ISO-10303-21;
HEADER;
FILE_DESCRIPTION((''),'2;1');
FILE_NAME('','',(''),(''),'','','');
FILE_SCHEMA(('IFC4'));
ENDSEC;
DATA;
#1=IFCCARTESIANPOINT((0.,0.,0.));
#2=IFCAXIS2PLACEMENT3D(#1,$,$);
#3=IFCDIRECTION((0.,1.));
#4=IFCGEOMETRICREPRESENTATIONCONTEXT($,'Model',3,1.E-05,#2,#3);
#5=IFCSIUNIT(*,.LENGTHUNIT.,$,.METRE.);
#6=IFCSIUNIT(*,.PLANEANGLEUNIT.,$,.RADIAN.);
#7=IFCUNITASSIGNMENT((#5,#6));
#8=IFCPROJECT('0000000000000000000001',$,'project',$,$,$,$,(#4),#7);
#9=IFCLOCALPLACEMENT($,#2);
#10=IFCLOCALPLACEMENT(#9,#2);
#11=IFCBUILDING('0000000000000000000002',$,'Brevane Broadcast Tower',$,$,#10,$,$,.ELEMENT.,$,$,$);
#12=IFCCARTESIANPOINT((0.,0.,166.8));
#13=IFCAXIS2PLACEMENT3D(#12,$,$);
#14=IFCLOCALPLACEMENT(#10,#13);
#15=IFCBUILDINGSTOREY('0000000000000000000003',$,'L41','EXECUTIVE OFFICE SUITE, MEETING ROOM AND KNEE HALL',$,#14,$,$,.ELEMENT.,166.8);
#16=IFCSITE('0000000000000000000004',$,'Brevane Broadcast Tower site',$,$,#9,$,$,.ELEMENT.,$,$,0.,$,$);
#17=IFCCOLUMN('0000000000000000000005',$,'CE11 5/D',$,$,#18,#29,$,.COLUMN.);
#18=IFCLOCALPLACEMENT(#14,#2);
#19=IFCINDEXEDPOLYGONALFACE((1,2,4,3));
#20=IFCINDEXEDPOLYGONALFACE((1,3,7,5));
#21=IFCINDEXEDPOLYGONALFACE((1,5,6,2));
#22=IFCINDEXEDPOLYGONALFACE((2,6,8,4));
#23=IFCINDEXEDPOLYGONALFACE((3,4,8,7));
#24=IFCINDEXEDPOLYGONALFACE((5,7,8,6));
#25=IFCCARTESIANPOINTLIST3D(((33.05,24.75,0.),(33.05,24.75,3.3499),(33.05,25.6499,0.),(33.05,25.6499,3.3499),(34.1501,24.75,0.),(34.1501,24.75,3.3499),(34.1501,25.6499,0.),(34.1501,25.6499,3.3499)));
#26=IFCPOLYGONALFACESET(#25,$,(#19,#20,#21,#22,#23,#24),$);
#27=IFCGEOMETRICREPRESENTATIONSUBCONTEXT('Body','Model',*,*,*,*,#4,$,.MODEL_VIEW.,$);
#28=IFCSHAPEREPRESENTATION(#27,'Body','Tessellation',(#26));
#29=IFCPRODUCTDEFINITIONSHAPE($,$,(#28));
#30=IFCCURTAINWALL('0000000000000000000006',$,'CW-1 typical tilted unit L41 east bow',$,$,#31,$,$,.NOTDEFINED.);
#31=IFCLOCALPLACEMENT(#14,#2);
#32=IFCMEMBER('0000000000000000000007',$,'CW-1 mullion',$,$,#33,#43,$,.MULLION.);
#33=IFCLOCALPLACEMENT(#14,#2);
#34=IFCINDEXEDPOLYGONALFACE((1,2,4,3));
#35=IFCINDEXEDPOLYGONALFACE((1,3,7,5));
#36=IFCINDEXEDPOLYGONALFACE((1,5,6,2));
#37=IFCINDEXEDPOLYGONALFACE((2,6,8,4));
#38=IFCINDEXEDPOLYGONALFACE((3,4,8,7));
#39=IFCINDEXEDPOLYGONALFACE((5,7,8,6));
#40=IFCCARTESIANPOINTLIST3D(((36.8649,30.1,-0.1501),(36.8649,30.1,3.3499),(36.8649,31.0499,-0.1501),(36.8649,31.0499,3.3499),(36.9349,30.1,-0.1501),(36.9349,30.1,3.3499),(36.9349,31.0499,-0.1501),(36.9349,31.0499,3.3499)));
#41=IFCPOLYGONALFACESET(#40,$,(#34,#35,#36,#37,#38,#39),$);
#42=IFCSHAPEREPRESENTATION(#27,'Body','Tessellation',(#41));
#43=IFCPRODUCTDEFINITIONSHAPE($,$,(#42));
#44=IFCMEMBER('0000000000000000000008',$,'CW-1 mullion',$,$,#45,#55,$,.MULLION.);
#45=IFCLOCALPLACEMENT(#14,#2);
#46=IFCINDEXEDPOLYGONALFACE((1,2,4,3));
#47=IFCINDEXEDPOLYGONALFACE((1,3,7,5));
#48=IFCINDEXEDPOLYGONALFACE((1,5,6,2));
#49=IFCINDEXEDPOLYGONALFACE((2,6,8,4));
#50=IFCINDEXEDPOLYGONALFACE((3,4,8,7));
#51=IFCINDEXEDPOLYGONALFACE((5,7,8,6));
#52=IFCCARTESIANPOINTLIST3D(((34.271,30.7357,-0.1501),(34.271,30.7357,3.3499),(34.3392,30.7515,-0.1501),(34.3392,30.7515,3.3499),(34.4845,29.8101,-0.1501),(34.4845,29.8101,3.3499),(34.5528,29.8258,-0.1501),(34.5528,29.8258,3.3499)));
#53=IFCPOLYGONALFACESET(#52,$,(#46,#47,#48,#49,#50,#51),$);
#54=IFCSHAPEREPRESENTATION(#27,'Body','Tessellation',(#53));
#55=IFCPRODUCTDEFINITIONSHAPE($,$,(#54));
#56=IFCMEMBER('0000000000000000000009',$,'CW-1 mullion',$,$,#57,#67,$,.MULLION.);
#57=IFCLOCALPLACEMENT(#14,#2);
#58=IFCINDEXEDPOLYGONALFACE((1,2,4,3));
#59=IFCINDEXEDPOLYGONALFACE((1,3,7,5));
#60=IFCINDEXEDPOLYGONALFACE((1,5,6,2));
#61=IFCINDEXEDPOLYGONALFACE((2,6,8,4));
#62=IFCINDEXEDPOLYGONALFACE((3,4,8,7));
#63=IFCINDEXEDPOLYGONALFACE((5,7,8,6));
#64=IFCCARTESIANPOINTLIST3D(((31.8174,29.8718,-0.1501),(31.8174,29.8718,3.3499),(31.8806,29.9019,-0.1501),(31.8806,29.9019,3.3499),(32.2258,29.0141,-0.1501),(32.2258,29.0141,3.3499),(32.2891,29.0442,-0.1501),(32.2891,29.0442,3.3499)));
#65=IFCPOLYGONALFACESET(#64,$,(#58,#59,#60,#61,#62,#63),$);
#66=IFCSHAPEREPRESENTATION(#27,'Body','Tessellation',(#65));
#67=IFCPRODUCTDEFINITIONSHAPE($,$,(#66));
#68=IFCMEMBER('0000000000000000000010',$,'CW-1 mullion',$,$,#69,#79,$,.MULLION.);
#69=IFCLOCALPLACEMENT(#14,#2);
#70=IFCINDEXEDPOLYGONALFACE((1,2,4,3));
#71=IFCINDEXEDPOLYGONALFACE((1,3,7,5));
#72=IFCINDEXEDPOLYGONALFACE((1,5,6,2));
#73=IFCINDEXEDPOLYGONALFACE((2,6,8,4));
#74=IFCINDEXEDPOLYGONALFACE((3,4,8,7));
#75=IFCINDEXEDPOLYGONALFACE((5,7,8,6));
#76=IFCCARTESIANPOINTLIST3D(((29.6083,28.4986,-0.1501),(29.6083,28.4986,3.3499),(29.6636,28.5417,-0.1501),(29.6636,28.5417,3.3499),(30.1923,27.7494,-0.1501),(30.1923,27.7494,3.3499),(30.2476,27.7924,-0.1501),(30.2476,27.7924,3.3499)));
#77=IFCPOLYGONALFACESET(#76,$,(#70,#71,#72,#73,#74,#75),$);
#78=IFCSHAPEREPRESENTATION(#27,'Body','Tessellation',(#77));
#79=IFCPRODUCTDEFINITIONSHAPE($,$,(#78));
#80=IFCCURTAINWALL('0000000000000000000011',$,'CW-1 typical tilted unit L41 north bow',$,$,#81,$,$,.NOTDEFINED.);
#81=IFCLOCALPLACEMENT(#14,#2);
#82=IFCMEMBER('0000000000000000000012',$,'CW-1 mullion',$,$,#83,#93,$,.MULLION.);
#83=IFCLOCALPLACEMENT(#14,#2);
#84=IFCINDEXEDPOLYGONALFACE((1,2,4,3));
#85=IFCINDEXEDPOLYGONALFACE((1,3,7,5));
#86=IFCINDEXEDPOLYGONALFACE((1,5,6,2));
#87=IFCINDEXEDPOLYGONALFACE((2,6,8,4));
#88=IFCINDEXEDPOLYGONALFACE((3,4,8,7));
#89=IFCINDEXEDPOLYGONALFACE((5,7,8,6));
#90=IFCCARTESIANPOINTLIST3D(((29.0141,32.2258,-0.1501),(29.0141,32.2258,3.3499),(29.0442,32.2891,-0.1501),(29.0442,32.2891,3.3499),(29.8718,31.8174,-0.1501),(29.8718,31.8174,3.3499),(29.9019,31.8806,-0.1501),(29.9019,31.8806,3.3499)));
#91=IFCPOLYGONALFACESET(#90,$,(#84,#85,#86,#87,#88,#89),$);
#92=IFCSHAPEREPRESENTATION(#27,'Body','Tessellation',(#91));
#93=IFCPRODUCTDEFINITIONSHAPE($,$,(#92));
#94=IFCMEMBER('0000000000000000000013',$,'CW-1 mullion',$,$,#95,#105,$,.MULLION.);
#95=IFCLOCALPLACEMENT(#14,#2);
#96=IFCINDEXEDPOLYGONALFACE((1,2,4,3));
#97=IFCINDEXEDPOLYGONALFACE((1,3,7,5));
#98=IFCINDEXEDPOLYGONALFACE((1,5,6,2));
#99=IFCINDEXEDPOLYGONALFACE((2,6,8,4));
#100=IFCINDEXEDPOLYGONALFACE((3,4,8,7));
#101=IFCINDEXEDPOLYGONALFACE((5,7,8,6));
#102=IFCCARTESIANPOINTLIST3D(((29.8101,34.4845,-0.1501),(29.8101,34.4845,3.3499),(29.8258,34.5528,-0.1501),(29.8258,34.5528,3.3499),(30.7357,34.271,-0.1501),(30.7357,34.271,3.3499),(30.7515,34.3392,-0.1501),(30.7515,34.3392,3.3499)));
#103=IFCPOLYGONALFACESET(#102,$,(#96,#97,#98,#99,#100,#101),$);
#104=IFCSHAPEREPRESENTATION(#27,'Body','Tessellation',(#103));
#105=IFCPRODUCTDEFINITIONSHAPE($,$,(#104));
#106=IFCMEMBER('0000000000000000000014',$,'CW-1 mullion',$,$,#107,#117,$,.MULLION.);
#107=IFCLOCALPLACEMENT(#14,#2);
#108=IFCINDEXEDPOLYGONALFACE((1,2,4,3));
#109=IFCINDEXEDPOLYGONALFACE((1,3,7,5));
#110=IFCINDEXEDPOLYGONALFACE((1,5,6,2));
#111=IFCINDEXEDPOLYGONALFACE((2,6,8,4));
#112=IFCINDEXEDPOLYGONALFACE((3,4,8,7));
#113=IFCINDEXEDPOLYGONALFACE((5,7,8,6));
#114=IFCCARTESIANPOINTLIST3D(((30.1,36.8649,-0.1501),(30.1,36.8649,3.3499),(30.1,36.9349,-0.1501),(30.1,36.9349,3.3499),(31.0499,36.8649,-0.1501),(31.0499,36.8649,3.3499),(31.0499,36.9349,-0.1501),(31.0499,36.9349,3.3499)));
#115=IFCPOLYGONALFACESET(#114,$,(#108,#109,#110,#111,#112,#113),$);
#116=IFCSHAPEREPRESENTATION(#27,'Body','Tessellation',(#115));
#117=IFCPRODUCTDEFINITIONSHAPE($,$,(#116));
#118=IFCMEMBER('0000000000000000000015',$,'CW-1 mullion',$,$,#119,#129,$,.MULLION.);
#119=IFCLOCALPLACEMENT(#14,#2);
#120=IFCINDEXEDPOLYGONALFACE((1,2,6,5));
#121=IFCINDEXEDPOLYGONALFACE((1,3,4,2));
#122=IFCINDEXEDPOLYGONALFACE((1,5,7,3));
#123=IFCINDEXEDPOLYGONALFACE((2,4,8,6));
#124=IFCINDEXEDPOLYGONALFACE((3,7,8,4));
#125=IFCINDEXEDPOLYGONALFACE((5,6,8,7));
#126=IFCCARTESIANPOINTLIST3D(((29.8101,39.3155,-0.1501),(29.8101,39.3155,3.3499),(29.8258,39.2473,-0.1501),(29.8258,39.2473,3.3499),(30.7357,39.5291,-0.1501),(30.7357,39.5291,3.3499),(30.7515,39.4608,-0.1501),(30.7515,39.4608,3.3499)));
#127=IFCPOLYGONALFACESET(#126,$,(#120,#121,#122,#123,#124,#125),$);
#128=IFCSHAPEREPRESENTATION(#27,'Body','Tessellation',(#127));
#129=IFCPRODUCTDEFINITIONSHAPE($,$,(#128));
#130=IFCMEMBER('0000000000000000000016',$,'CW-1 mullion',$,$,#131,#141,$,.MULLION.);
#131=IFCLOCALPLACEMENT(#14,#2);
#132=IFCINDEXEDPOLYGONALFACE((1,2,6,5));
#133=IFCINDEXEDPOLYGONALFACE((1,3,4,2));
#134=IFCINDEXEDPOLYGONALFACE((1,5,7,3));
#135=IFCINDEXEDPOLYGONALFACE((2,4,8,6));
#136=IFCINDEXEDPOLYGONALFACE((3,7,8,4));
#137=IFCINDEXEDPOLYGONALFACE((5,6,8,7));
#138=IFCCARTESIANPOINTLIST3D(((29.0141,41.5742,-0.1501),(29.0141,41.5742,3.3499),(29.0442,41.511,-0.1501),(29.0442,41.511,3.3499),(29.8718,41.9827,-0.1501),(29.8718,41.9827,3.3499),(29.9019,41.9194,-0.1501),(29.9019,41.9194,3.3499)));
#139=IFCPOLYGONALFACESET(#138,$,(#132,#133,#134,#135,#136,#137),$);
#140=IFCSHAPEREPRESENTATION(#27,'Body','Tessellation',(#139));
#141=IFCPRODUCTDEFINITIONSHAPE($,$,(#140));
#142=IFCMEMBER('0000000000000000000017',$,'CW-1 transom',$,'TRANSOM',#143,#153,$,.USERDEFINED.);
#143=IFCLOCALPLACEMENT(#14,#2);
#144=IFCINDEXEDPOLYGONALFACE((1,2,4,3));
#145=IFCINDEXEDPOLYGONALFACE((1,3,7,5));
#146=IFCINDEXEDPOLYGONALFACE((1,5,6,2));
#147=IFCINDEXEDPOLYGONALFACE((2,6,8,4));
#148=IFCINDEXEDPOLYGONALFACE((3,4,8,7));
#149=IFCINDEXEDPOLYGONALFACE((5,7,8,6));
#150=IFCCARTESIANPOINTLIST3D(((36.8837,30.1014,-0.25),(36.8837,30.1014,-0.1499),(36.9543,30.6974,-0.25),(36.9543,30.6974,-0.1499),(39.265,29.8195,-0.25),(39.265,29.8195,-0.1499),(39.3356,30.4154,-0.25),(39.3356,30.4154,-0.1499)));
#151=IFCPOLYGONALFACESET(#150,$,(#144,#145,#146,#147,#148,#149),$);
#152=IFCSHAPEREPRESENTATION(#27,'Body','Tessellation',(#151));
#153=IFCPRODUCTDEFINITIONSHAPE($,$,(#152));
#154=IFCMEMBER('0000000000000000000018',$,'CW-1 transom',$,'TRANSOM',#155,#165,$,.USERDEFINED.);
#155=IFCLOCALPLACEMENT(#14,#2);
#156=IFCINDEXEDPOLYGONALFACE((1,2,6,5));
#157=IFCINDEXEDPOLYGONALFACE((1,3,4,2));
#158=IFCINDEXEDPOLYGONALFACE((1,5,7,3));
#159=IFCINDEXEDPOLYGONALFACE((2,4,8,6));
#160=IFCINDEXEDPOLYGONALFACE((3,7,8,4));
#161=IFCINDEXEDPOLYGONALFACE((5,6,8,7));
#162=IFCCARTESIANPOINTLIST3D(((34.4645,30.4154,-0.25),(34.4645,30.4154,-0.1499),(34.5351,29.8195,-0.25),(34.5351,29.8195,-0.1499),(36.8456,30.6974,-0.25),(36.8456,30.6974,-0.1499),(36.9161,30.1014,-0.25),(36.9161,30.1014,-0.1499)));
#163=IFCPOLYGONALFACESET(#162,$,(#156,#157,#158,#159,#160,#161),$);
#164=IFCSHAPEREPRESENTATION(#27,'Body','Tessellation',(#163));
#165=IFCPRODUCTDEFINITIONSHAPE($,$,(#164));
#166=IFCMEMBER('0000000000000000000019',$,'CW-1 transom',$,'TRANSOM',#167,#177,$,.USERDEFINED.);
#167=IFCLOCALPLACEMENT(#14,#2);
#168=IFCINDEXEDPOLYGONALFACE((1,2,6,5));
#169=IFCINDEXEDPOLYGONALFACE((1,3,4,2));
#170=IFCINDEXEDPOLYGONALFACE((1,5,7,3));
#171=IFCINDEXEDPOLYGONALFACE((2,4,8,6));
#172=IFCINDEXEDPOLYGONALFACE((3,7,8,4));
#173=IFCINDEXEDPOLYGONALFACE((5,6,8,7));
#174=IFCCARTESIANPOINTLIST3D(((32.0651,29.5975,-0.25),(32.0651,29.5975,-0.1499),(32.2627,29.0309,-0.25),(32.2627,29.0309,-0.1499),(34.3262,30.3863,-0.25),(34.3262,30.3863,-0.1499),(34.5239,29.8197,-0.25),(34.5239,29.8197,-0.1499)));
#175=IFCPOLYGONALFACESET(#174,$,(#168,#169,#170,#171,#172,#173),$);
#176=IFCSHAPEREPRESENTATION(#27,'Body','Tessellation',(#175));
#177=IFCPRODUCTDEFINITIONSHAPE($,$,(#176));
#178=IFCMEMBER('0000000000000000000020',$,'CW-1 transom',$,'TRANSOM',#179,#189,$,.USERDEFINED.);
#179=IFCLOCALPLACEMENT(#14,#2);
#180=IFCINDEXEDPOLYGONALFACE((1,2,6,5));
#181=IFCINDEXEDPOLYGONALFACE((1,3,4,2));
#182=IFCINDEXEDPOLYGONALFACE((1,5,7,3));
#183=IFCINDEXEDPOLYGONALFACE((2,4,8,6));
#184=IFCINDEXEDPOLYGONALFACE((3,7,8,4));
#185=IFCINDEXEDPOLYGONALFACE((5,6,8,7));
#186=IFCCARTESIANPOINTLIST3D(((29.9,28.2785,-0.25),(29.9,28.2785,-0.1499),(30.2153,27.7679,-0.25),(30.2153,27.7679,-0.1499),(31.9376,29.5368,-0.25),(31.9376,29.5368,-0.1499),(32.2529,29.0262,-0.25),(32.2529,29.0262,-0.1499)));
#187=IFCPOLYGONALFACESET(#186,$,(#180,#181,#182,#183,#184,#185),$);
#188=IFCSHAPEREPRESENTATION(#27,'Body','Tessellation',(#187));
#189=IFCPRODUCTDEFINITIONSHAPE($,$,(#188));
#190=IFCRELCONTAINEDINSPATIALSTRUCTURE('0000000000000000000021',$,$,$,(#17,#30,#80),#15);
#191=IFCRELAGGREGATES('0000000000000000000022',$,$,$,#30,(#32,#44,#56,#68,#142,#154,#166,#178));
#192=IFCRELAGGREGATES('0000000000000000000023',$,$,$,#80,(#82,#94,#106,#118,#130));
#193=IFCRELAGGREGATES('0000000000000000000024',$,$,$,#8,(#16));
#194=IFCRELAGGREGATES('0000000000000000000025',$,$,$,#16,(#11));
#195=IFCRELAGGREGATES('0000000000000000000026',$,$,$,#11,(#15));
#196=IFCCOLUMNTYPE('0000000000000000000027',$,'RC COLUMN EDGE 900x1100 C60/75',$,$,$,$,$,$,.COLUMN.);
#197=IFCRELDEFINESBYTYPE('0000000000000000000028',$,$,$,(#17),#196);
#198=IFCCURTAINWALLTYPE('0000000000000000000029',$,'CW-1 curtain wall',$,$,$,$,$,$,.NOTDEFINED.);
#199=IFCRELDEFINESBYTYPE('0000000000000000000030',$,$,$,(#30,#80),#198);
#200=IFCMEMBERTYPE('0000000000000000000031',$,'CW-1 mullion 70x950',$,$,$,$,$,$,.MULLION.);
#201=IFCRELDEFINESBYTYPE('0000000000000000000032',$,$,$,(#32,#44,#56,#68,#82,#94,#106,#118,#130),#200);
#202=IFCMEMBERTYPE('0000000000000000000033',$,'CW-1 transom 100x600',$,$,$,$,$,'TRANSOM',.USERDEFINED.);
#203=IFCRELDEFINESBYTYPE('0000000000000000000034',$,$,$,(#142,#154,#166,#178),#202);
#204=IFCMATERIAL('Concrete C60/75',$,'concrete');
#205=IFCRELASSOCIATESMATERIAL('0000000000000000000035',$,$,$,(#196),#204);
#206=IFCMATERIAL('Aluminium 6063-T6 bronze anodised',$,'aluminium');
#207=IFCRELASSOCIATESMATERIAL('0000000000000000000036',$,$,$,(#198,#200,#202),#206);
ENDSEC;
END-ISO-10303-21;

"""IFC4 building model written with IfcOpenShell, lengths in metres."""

from ifc_helpers import new_model, si_unit, direction, frame, origin, origin_2d, place, context, subcontext, project, spatial, rectangle, extrude, material, material_profile, profile_set, type_object, element, aggregate, save


model = new_model("IFC4")

# Units and contexts
model_context = context("Model", 3, precision=1e-05, world=origin(), true_north=direction((0.0, 1.0)))
body_context = subcontext(model_context, "Body", "Model", "MODEL_VIEW")
ifc_project = project(units=[si_unit("LENGTHUNIT", "METRE"), si_unit("PLANEANGLEUNIT", "RADIAN")], contexts=[model_context])

# Site, building, storey
site_placement = place(None, origin())
site = spatial("IfcSite", under=ifc_project, at=site_placement, Name="Brevane Broadcast Tower site", CompositionType="ELEMENT", RefElevation=0.0)
building_placement = place(site_placement, origin())
building = spatial("IfcBuilding", under=site, at=building_placement, Name="Brevane Broadcast Tower", CompositionType="ELEMENT")
storey_placement = place(building_placement, frame((0.0, 0.0, 166.8)))
storey = spatial("IfcBuildingStorey", under=building, at=storey_placement, Name="L41", Description="EXECUTIVE OFFICE SUITE, MEETING ROOM AND KNEE HALL", CompositionType="ELEMENT", Elevation=166.8)

# Column
ifc_material_1 = material(Name="Concrete C60/75", Category="concrete")
ifc_material_profile_1 = material_profile(ifc_material_1, rectangle(XDim=0.8999, YDim=1.1001, at=origin_2d()), Name="RC 900x1100")
ifc_profile_set_1 = profile_set([ifc_material_profile_1], Name="Concrete C60/75")
column_type = type_object("IfcColumnType", Name="RC COLUMN EDGE 900x1100 C60/75", PredefinedType="COLUMN", material=ifc_profile_set_1)
column_placement = place(storey_placement, frame((33.6001, 25.2, 0.0), z_axis=(0.0, 0.0, 1.0), x_axis=(0.0, 1.0, 0.0)))
element("IfcColumn", 1, at=column_placement, inside=storey, type_object=column_type, Name="CE11 5/D", PredefinedType="COLUMN", context=body_context, shape_type="SweptSolid", body=[
    extrude(rectangle(XDim=0.8999, YDim=1.1001, at=origin_2d()), origin(), (0.0, 0.0, 1.0), 3.3499),
])

# Curtain walls, members
ifc_material_2 = material(Name="Aluminium 6063-T6 bronze anodised", Category="aluminium")
curtain_wall_type = type_object("IfcCurtainWallType", Name="CW-1 curtain wall", PredefinedType="NOTDEFINED", material=ifc_material_2)
curtain_wall_1_placement = place(storey_placement, origin())
curtain_wall_1 = element("IfcCurtainWall", 2, at=curtain_wall_1_placement, inside=storey, type_object=curtain_wall_type, Name="CW-1 typical tilted unit L41 east bow", PredefinedType="NOTDEFINED")
ifc_material_profile_2 = material_profile(ifc_material_2, rectangle(XDim=0.95, YDim=0.0701, at=origin_2d()), Name="RECT 70x950")
ifc_profile_set_2 = profile_set([ifc_material_profile_2], Name="Aluminium 6063-T6 bronze anodised")
member_type_1 = type_object("IfcMemberType", Name="CW-1 mullion 70x950", PredefinedType="MULLION", material=ifc_profile_set_2)
member_1_placement = place(storey_placement, frame((36.8999, 30.575, -0.1501), z_axis=(0.0, 0.0, 1.0), x_axis=(0.0, -1.0, 0.0)))
member_1 = element("IfcMember", 3, at=member_1_placement, type_object=member_type_1, Name="CW-1 mullion", PredefinedType="MULLION", context=body_context, shape_type="SweptSolid", body=[
    extrude(rectangle(XDim=0.95, YDim=0.0701, at=origin_2d()), origin(), (0.0, 0.0, 1.0), 3.5),
])
member_2_placement = place(storey_placement, frame((34.4119, 30.2808, -0.1501), z_axis=(0.0, 0.0, 1.0), x_axis=(0.224807, -0.974403, 0.0)))
member_2 = element("IfcMember", 4, at=member_2_placement, type_object=member_type_1, Name="CW-1 mullion", PredefinedType="MULLION", context=body_context, shape_type="SweptSolid", body=[
    extrude(rectangle(XDim=0.95, YDim=0.0701, at=origin_2d()), origin(), (0.0, 0.0, 1.0), 3.5),
])
member_3_placement = place(storey_placement, frame((32.0532, 29.458, -0.1501), z_axis=(0.0, 0.0, 1.0), x_axis=(0.429934, -0.902861, 0.0)))
member_3 = element("IfcMember", 5, at=member_3_placement, type_object=member_type_1, Name="CW-1 mullion", PredefinedType="MULLION", context=body_context, shape_type="SweptSolid", body=[
    extrude(rectangle(XDim=0.95, YDim=0.0701, at=origin_2d()), origin(), (0.0, 0.0, 1.0), 3.5),
])
member_4_placement = place(storey_placement, frame((29.928, 28.1455, -0.1501), z_axis=(0.0, 0.0, 1.0), x_axis=(0.61477, -0.788707, 0.0)))
member_4 = element("IfcMember", 6, at=member_4_placement, type_object=member_type_1, Name="CW-1 mullion", PredefinedType="MULLION", context=body_context, shape_type="SweptSolid", body=[
    extrude(rectangle(XDim=0.95, YDim=0.0701, at=origin_2d()), origin(), (0.0, 0.0, 1.0), 3.5),
])
curtain_wall_2_placement = place(storey_placement, origin())
curtain_wall_2 = element("IfcCurtainWall", 7, at=curtain_wall_2_placement, inside=storey, type_object=curtain_wall_type, Name="CW-1 typical tilted unit L41 north bow", PredefinedType="NOTDEFINED")
member_5_placement = place(storey_placement, frame((29.458, 32.0532, -0.1501), z_axis=(0.0, 0.0, 1.0), x_axis=(-0.902861, 0.429934, 0.0)))
member_5 = element("IfcMember", 8, at=member_5_placement, type_object=member_type_1, Name="CW-1 mullion", PredefinedType="MULLION", context=body_context, shape_type="SweptSolid", body=[
    extrude(rectangle(XDim=0.95, YDim=0.0701, at=origin_2d()), origin(), (0.0, 0.0, 1.0), 3.5),
])
member_6_placement = place(storey_placement, frame((30.2808, 34.4119, -0.1501), z_axis=(0.0, 0.0, 1.0), x_axis=(-0.974403, 0.224807, 0.0)))
member_6 = element("IfcMember", 9, at=member_6_placement, type_object=member_type_1, Name="CW-1 mullion", PredefinedType="MULLION", context=body_context, shape_type="SweptSolid", body=[
    extrude(rectangle(XDim=0.95, YDim=0.0701, at=origin_2d()), origin(), (0.0, 0.0, 1.0), 3.5),
])
member_7_placement = place(storey_placement, frame((30.575, 36.8999, -0.1501), z_axis=(0.0, 0.0, 1.0), x_axis=(-1.0, 0.0, 0.0)))
member_7 = element("IfcMember", 10, at=member_7_placement, type_object=member_type_1, Name="CW-1 mullion", PredefinedType="MULLION", context=body_context, shape_type="SweptSolid", body=[
    extrude(rectangle(XDim=0.95, YDim=0.0701, at=origin_2d()), origin(), (0.0, 0.0, 1.0), 3.5),
])
member_8_placement = place(storey_placement, frame((30.2808, 39.3882, -0.1501), z_axis=(0.0, 0.0, 1.0), x_axis=(-0.974403, -0.224807, 0.0)))
member_8 = element("IfcMember", 11, at=member_8_placement, type_object=member_type_1, Name="CW-1 mullion", PredefinedType="MULLION", context=body_context, shape_type="SweptSolid", body=[
    extrude(rectangle(XDim=0.95, YDim=0.0701, at=origin_2d()), origin(), (0.0, 0.0, 1.0), 3.5),
])
member_9_placement = place(storey_placement, frame((29.458, 41.7468, -0.1501), z_axis=(0.0, 0.0, 1.0), x_axis=(-0.902861, -0.429934, 0.0)))
member_9 = element("IfcMember", 12, at=member_9_placement, type_object=member_type_1, Name="CW-1 mullion", PredefinedType="MULLION", context=body_context, shape_type="SweptSolid", body=[
    extrude(rectangle(XDim=0.95, YDim=0.0701, at=origin_2d()), origin(), (0.0, 0.0, 1.0), 3.5),
])

# Members
ifc_material_profile_3 = material_profile(ifc_material_2, rectangle(XDim=0.6001, YDim=0.1001, at=origin_2d()), Name="RECT 100x600")
ifc_profile_set_3 = profile_set([ifc_material_profile_3], Name="Aluminium 6063-T6 bronze anodised")
member_type_2 = type_object("IfcMemberType", Name="CW-1 transom 100x600", ElementType="TRANSOM", PredefinedType="USERDEFINED", material=ifc_profile_set_3)
member_10_placement = place(storey_placement, frame((39.3003, 30.1174, -0.2), z_axis=(-0.993062, 0.117591, 0.0), x_axis=(-0.117591, -0.993062, 0.0)))
member_10 = element("IfcMember", 13, at=member_10_placement, type_object=member_type_2, Name="CW-1 transom", ObjectType="TRANSOM", PredefinedType="USERDEFINED", context=body_context, shape_type="SweptSolid", body=[
    extrude(rectangle(XDim=0.6001, YDim=0.1001, at=origin_2d()), origin(), (0.0, 0.0, 1.0), 2.3979),
])
member_11_placement = place(storey_placement, frame((36.8809, 30.3994, -0.2), z_axis=(-0.993061, -0.117603, 0.0), x_axis=(0.117603, -0.993061, 0.0)))
member_11 = element("IfcMember", 14, at=member_11_placement, type_object=member_type_2, Name="CW-1 transom", ObjectType="TRANSOM", PredefinedType="USERDEFINED", context=body_context, shape_type="SweptSolid", body=[
    extrude(rectangle(XDim=0.6001, YDim=0.1001, at=origin_2d()), origin(), (0.0, 0.0, 1.0), 2.3977),
])
member_12_placement = place(storey_placement, frame((34.425, 30.103, -0.2), z_axis=(-0.944198, -0.329378, 0.0), x_axis=(0.329378, -0.944198, 0.0)))
member_12 = element("IfcMember", 15, at=member_12_placement, type_object=member_type_2, Name="CW-1 transom", ObjectType="TRANSOM", PredefinedType="USERDEFINED", context=body_context, shape_type="SweptSolid", body=[
    extrude(rectangle(XDim=0.6001, YDim=0.1001, at=origin_2d()), origin(), (0.0, 0.0, 1.0), 2.3948),
])
member_13_placement = place(storey_placement, frame((32.0952, 29.2815, -0.2), z_axis=(-0.850838, -0.525428, 0.0), x_axis=(0.525428, -0.850838, 0.0)))
member_13 = element("IfcMember", 16, at=member_13_placement, type_object=member_type_2, Name="CW-1 transom", ObjectType="TRANSOM", PredefinedType="USERDEFINED", context=body_context, shape_type="SweptSolid", body=[
    extrude(rectangle(XDim=0.6001, YDim=0.1001, at=origin_2d()), origin(), (0.0, 0.0, 1.0), 2.3948),
])
aggregate(curtain_wall_1, [member_1, member_2, member_3, member_4, member_10, member_11, member_12, member_13])
aggregate(curtain_wall_2, [member_5, member_6, member_7, member_8, member_9])

save(model, "model.ifc")
